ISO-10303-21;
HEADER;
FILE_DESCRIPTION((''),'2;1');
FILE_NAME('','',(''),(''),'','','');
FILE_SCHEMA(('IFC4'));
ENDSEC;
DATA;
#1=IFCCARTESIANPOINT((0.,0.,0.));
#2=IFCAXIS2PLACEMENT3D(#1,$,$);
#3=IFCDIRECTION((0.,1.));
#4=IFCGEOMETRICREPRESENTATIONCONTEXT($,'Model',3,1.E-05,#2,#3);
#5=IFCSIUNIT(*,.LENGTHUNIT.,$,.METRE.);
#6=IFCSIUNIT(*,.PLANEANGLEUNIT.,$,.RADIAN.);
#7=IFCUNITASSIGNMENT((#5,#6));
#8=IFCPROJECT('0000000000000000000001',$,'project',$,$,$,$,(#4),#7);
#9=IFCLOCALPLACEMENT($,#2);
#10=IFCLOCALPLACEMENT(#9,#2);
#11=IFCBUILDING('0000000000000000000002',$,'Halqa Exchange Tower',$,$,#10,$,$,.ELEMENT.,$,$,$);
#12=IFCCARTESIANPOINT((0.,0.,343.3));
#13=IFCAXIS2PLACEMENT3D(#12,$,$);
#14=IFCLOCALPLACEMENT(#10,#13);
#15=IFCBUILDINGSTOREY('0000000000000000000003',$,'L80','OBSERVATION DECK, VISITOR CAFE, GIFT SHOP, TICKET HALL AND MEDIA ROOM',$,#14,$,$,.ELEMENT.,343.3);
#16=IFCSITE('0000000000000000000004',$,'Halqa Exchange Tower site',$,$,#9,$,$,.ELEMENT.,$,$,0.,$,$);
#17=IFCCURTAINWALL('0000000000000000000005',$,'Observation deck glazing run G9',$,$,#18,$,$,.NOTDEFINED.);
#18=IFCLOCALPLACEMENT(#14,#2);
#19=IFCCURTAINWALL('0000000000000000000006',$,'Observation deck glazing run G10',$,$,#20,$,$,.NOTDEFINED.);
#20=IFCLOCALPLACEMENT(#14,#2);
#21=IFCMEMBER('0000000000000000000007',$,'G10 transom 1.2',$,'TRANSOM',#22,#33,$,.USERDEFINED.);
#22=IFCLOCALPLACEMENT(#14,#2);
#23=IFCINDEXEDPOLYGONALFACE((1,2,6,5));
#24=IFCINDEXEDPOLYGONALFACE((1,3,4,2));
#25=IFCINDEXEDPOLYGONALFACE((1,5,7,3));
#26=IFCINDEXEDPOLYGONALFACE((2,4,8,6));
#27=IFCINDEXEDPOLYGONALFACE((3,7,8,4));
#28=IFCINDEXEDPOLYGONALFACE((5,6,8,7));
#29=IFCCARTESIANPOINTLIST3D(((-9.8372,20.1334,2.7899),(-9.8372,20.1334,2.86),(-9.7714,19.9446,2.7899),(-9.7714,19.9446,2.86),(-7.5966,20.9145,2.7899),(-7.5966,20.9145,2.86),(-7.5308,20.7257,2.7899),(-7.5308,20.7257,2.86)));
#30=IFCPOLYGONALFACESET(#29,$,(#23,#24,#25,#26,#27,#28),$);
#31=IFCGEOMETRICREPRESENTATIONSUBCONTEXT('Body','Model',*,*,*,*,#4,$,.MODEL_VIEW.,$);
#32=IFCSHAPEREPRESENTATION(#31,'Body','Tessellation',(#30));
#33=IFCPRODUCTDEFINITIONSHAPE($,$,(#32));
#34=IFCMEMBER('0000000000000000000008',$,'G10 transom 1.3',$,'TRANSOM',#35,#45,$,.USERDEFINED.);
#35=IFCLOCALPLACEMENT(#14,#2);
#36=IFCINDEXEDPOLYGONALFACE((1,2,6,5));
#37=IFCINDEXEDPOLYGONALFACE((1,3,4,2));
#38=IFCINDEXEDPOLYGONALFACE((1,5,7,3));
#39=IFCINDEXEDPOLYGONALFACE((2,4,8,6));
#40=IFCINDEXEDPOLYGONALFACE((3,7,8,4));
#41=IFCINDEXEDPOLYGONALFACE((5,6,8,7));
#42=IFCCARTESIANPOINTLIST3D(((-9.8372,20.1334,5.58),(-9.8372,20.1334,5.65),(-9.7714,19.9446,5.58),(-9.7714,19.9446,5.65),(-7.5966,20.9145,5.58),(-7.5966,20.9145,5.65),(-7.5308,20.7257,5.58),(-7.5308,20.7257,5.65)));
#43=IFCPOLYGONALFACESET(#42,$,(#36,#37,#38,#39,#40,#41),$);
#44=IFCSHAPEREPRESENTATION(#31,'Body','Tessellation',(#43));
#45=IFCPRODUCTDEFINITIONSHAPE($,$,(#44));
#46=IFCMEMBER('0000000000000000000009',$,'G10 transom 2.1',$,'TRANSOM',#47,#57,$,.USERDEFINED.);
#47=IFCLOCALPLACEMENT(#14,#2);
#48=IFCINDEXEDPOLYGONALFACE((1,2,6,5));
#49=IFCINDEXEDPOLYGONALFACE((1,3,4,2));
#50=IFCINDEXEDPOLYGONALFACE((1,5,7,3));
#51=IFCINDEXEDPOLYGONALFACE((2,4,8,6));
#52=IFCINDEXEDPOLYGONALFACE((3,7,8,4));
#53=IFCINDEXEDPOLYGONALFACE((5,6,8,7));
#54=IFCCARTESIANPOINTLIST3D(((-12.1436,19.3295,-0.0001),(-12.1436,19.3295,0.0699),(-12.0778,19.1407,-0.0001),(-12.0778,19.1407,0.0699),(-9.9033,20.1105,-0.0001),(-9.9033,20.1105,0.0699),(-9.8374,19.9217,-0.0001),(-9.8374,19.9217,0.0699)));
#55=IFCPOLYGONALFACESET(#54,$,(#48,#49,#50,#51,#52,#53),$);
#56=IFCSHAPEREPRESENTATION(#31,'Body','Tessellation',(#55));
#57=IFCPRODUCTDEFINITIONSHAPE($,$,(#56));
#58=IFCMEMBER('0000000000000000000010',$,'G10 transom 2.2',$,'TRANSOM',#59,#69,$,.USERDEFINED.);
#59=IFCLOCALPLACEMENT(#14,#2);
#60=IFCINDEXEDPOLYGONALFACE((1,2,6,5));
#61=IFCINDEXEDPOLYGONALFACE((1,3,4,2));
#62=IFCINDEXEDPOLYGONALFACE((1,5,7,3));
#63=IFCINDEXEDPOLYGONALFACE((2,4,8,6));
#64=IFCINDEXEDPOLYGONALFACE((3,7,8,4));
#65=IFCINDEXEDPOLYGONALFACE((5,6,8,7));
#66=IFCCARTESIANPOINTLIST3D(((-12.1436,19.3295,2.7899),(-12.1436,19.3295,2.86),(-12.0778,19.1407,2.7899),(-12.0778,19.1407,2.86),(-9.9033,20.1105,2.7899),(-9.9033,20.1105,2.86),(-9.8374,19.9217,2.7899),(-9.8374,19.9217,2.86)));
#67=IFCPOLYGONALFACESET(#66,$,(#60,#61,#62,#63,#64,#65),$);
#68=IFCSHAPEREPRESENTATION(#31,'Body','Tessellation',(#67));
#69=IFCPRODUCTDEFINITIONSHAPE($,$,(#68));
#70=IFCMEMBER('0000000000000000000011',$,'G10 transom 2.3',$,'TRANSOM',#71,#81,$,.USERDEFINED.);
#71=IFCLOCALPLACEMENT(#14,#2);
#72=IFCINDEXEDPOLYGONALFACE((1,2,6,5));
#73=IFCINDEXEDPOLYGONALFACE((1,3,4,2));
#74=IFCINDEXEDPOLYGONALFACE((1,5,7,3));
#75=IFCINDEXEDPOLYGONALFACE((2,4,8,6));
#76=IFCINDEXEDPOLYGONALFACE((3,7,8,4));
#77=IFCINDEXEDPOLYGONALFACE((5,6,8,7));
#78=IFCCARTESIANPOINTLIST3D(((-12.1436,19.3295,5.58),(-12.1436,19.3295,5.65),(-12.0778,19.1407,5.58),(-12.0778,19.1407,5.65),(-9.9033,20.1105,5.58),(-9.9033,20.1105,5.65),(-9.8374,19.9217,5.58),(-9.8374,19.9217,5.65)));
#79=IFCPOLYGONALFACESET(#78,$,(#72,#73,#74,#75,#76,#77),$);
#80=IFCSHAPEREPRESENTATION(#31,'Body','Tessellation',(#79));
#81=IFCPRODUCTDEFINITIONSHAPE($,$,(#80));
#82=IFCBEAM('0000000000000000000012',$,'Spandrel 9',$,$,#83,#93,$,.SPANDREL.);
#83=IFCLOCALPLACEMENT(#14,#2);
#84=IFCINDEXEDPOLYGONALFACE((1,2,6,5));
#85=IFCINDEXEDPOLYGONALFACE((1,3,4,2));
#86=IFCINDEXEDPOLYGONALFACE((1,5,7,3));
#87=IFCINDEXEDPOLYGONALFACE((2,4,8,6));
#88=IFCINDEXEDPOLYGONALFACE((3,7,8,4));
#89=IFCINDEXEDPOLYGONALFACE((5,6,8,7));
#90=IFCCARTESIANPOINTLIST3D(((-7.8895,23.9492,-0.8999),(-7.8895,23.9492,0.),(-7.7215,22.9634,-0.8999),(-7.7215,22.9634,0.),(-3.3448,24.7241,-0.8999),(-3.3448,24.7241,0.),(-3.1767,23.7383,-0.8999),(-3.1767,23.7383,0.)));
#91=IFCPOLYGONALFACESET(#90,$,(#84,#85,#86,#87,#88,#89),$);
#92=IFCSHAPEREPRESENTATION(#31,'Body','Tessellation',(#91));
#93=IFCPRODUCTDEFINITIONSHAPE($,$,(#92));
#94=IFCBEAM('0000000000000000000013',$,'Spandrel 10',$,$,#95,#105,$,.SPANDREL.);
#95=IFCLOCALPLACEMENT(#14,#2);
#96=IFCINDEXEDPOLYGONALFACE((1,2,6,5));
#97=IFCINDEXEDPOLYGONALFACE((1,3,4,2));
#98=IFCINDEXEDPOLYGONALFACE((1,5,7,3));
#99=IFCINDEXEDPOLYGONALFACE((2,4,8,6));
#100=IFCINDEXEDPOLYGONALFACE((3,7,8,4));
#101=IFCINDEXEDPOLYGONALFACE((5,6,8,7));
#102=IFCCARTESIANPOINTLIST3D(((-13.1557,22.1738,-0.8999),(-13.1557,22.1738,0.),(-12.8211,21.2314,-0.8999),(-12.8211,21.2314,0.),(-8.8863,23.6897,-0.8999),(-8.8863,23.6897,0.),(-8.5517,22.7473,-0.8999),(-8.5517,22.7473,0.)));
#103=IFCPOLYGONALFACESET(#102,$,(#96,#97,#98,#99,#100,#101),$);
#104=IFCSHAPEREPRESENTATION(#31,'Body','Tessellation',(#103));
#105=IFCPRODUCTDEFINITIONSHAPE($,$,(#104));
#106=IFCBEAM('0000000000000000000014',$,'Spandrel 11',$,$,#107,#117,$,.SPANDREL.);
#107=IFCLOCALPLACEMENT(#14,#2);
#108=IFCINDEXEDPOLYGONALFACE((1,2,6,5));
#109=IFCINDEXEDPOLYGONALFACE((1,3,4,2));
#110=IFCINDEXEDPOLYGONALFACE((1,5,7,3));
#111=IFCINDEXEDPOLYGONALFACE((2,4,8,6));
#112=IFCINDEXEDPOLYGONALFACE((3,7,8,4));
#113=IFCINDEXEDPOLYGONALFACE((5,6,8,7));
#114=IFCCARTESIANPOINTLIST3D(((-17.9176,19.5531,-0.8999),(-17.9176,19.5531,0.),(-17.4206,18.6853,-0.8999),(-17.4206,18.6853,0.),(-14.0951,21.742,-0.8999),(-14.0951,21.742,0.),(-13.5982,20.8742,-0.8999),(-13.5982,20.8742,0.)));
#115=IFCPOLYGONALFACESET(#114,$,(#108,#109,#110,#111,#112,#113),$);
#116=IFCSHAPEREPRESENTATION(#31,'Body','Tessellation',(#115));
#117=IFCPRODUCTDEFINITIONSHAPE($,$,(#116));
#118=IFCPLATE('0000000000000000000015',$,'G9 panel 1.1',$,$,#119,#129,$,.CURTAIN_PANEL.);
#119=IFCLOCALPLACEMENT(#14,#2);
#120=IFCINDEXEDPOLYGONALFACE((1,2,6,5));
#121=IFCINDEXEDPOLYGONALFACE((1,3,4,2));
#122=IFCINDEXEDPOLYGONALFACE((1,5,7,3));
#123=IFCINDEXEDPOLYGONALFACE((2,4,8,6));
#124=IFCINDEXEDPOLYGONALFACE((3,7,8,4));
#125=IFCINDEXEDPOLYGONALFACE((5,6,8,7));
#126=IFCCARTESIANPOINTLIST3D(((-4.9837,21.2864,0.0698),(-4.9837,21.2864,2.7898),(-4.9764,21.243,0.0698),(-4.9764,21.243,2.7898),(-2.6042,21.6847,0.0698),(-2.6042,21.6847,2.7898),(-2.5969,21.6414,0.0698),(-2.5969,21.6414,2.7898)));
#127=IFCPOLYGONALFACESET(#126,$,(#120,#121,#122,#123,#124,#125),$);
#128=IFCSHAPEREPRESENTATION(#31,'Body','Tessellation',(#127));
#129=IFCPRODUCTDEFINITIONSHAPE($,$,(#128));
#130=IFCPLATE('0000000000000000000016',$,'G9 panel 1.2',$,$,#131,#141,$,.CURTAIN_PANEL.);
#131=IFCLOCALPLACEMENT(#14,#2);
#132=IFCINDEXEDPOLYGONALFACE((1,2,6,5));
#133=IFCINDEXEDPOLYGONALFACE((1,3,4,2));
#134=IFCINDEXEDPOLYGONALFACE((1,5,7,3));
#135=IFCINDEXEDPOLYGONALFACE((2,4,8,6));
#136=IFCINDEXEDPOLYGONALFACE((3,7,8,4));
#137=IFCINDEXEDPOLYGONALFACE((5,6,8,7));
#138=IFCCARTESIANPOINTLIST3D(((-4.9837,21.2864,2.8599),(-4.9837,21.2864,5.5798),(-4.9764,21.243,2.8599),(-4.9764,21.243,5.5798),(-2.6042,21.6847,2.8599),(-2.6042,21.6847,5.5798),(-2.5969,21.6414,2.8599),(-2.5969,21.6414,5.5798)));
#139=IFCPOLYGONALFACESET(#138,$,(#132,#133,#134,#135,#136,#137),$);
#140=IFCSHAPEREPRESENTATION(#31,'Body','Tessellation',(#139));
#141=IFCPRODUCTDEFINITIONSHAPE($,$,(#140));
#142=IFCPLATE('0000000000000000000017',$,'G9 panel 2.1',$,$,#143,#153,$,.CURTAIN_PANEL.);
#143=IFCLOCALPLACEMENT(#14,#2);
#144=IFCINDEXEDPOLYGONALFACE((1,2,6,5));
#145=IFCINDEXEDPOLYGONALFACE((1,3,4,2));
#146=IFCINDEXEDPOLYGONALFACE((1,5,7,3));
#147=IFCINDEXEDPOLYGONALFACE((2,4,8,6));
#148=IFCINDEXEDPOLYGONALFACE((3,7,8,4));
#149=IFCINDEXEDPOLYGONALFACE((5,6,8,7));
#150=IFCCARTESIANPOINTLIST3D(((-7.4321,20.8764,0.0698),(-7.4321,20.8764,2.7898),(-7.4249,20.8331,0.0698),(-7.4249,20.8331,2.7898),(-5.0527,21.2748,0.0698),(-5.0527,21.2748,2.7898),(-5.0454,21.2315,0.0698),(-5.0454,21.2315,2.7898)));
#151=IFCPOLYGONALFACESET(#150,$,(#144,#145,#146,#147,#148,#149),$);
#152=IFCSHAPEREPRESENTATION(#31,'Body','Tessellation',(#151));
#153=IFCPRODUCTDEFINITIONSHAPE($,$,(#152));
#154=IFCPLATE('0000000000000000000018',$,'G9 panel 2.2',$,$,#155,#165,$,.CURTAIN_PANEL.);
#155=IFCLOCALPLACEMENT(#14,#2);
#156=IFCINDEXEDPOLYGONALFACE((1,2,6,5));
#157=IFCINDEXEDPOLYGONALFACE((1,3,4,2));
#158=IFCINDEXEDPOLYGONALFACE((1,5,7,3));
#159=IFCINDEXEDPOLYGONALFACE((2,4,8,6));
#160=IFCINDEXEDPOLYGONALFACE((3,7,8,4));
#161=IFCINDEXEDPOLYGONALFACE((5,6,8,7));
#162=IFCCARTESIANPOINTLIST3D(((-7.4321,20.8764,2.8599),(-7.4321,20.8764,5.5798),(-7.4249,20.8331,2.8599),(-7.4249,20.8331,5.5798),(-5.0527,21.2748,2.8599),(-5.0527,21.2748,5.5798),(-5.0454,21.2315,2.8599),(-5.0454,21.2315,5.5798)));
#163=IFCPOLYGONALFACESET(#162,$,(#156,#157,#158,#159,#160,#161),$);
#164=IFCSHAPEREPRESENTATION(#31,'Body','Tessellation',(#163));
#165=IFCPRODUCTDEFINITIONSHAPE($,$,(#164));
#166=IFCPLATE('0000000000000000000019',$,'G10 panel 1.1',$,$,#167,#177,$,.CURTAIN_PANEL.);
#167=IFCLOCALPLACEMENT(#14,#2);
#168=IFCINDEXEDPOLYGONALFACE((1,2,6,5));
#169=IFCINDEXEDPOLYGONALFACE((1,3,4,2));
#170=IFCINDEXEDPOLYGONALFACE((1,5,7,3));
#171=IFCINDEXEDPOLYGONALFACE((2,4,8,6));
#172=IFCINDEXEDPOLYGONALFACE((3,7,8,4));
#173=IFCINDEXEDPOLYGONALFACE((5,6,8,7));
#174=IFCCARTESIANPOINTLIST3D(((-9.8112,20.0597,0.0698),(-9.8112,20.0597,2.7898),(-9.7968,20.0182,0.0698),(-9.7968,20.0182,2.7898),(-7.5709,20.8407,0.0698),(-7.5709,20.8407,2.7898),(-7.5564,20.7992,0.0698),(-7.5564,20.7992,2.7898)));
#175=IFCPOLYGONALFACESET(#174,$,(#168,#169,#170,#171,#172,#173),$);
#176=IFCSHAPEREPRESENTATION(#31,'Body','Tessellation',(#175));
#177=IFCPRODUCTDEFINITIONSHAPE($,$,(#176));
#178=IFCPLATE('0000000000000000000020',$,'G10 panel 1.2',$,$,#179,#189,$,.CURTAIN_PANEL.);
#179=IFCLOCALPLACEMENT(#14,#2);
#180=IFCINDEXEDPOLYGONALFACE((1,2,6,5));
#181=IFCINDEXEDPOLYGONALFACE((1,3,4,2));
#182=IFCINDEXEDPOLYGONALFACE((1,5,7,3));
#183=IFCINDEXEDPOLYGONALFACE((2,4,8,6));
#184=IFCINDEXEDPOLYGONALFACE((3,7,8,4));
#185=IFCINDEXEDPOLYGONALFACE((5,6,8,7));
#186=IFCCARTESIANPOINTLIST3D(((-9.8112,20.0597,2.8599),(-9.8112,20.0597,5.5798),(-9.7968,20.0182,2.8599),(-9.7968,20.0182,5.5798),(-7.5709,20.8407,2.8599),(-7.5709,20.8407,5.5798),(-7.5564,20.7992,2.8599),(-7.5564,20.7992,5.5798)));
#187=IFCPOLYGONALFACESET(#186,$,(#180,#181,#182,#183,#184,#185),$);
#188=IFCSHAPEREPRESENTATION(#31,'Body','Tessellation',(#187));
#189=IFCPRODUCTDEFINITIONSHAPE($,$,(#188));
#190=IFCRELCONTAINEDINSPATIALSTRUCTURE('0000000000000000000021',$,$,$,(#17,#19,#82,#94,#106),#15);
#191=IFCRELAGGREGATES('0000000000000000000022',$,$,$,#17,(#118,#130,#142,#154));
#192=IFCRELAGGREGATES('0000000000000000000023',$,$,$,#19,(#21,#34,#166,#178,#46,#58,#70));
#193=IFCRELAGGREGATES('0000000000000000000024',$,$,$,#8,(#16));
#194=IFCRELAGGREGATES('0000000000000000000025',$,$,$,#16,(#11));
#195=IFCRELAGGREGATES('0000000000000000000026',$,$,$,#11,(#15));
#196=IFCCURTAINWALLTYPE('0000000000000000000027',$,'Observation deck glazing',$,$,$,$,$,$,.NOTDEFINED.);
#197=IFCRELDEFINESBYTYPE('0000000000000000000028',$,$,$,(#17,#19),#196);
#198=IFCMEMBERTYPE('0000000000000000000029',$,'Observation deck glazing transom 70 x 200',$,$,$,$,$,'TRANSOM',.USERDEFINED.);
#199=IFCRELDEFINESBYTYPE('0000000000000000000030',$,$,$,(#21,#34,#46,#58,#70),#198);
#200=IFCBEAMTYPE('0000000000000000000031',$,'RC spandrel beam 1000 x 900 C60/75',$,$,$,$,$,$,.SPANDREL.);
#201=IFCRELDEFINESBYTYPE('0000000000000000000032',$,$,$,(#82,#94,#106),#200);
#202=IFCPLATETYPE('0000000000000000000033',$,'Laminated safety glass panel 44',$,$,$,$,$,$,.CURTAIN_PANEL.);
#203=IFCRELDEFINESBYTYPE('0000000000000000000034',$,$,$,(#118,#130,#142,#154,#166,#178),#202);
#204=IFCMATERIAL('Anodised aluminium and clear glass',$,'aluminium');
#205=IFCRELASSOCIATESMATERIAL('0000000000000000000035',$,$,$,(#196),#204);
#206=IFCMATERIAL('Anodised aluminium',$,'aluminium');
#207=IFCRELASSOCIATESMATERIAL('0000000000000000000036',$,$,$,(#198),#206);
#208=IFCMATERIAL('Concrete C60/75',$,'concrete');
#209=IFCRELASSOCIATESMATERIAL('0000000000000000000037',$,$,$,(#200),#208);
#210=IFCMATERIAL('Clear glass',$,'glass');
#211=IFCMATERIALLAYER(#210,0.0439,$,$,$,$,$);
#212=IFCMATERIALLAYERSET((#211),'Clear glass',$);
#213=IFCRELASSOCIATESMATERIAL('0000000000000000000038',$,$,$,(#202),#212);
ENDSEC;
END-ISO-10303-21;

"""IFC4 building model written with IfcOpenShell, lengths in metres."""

from ifc_helpers import new_model, si_unit, direction, frame, origin, origin_2d, place, context, subcontext, project, spatial, rectangle, extrude, material, layer, layer_set, material_profile, profile_set, type_object, element, aggregate, save


model = new_model("IFC4")

# Units and contexts
model_context = context("Model", 3, precision=1e-05, world=origin(), true_north=direction((0.0, 1.0)))
body_context = subcontext(model_context, "Body", "Model", "MODEL_VIEW")
ifc_project = project(units=[si_unit("LENGTHUNIT", "METRE"), si_unit("PLANEANGLEUNIT", "RADIAN")], contexts=[model_context])

# Site, building, storey
site_placement = place(None, origin())
site = spatial("IfcSite", under=ifc_project, at=site_placement, Name="Halqa Exchange Tower site", CompositionType="ELEMENT", RefElevation=0.0)
building_placement = place(site_placement, origin())
building = spatial("IfcBuilding", under=site, at=building_placement, Name="Halqa Exchange Tower", CompositionType="ELEMENT")
storey_placement = place(building_placement, frame((0.0, 0.0, 343.3)))
storey = spatial("IfcBuildingStorey", under=building, at=storey_placement, Name="L80", Description="OBSERVATION DECK, VISITOR CAFE, GIFT SHOP, TICKET HALL AND MEDIA ROOM", CompositionType="ELEMENT", Elevation=343.3)

# Curtain walls
ifc_material_1 = material(Name="Anodised aluminium and clear glass", Category="aluminium")
curtain_wall_type = type_object("IfcCurtainWallType", Name="Observation deck glazing", PredefinedType="NOTDEFINED", material=ifc_material_1)
curtain_wall_1_placement = place(storey_placement, origin())
curtain_wall_1 = element("IfcCurtainWall", 1, at=curtain_wall_1_placement, inside=storey, type_object=curtain_wall_type, Name="Observation deck glazing run G9", PredefinedType="NOTDEFINED")
ifc_material_2 = material(Name="Anodised aluminium", Category="aluminium")
curtain_wall_2_placement = place(storey_placement, origin())
curtain_wall_2 = element("IfcCurtainWall", 2, at=curtain_wall_2_placement, inside=storey, type_object=curtain_wall_type, Name="Observation deck glazing run G10", PredefinedType="NOTDEFINED")

# Members
ifc_material_profile_1 = material_profile(ifc_material_2, rectangle(XDim=0.2, YDim=0.0701, at=origin_2d()), Name="AL 70x200")
ifc_profile_set_1 = profile_set([ifc_material_profile_1], Name="Anodised aluminium")
member_type_1 = type_object("IfcMemberType", Name="Observation deck glazing transom 70 x 200", ElementType="TRANSOM", PredefinedType="USERDEFINED", material=ifc_profile_set_1)
member_1_placement = place(storey_placement, frame((-7.5637, 20.8201, 2.825), z_axis=(-0.944273, -0.329163, 0.0), x_axis=(0.329163, -0.944273, 0.0)))
member_1 = element("IfcMember", 3, at=member_1_placement, type_object=member_type_1, Name="G10 transom 1.2", ObjectType="TRANSOM", PredefinedType="USERDEFINED", context=body_context, shape_type="SweptSolid", body=[
    extrude(rectangle(XDim=0.2, YDim=0.0701, at=origin_2d()), origin(), (0.0, 0.0, 1.0), 2.3728),
])
member_2_placement = place(storey_placement, frame((-7.5637, 20.8201, 5.615), z_axis=(-0.944273, -0.329163, 0.0), x_axis=(0.329163, -0.944273, 0.0)))
member_2 = element("IfcMember", 4, at=member_2_placement, type_object=member_type_1, Name="G10 transom 1.3", ObjectType="TRANSOM", PredefinedType="USERDEFINED", context=body_context, shape_type="SweptSolid", body=[
    extrude(rectangle(XDim=0.2, YDim=0.0701, at=origin_2d()), origin(), (0.0, 0.0, 1.0), 2.3728),
])
member_3_placement = place(storey_placement, frame((-9.8704, 20.0161, 0.0349), z_axis=(-0.944262, -0.329195, 0.0), x_axis=(0.329195, -0.944262, 0.0)))
member_3 = element("IfcMember", 5, at=member_3_placement, type_object=member_type_1, Name="G10 transom 2.1", ObjectType="TRANSOM", PredefinedType="USERDEFINED", context=body_context, shape_type="SweptSolid", body=[
    extrude(rectangle(XDim=0.2, YDim=0.0701, at=origin_2d()), origin(), (0.0, 0.0, 1.0), 2.3726),
])
member_4_placement = place(storey_placement, frame((-9.8704, 20.0161, 2.825), z_axis=(-0.944262, -0.329195, 0.0), x_axis=(0.329195, -0.944262, 0.0)))
member_4 = element("IfcMember", 6, at=member_4_placement, type_object=member_type_1, Name="G10 transom 2.2", ObjectType="TRANSOM", PredefinedType="USERDEFINED", context=body_context, shape_type="SweptSolid", body=[
    extrude(rectangle(XDim=0.2, YDim=0.0701, at=origin_2d()), origin(), (0.0, 0.0, 1.0), 2.3726),
])
member_5_placement = place(storey_placement, frame((-9.8704, 20.0161, 5.615), z_axis=(-0.944262, -0.329195, 0.0), x_axis=(0.329195, -0.944262, 0.0)))
member_5 = element("IfcMember", 7, at=member_5_placement, type_object=member_type_1, Name="G10 transom 2.3", ObjectType="TRANSOM", PredefinedType="USERDEFINED", context=body_context, shape_type="SweptSolid", body=[
    extrude(rectangle(XDim=0.2, YDim=0.0701, at=origin_2d()), origin(), (0.0, 0.0, 1.0), 2.3726),
])

# Beams
ifc_material_3 = material(Name="Concrete C60/75", Category="concrete")
ifc_material_profile_2 = material_profile(ifc_material_3, rectangle(XDim=1.0, YDim=0.8999, at=origin_2d()), Name="1000 x 900")
ifc_profile_set_2 = profile_set([ifc_material_profile_2], Name="Concrete C60/75")
beam_type = type_object("IfcBeamType", Name="RC spandrel beam 1000 x 900 C60/75", PredefinedType="SPANDREL", material=ifc_profile_set_2)
beam_1_placement = place(storey_placement, frame((-3.2607, 24.2312, -0.45), z_axis=(-0.985773, -0.168082, 0.0), x_axis=(0.168082, -0.985773, 0.0)))
element("IfcBeam", 8, at=beam_1_placement, inside=storey, type_object=beam_type, Name="Spandrel 9", PredefinedType="SPANDREL", context=body_context, shape_type="SweptSolid", body=[
    extrude(rectangle(XDim=1.0, YDim=0.8999, at=origin_2d()), origin(), (0.0, 0.0, 1.0), 4.6104),
])
beam_2_placement = place(storey_placement, frame((-8.719, 23.2185, -0.45), z_axis=(-0.942361, -0.334598, 0.0), x_axis=(0.334598, -0.942361, 0.0)))
element("IfcBeam", 9, at=beam_2_placement, inside=storey, type_object=beam_type, Name="Spandrel 10", PredefinedType="SPANDREL", context=body_context, shape_type="SweptSolid", body=[
    extrude(rectangle(XDim=1.0, YDim=0.8999, at=origin_2d()), origin(), (0.0, 0.0, 1.0), 4.5305),
])
beam_3_placement = place(storey_placement, frame((-13.8467, 21.3081, -0.45), z_axis=(-0.867786, -0.496939, 0.0), x_axis=(0.496939, -0.867786, 0.0)))
element("IfcBeam", 10, at=beam_3_placement, inside=storey, type_object=beam_type, Name="Spandrel 11", PredefinedType="SPANDREL", context=body_context, shape_type="SweptSolid", body=[
    extrude(rectangle(XDim=1.0, YDim=0.8999, at=origin_2d()), origin(), (0.0, 0.0, 1.0), 4.4048),
])

# Plates
ifc_material_4 = material(Name="Clear glass", Category="glass")
ifc_layer = layer(ifc_material_4, 0.0439)
ifc_layer_set = layer_set([ifc_layer], Name="Clear glass")
plate_type = type_object("IfcPlateType", Name="Laminated safety glass panel 44", PredefinedType="CURTAIN_PANEL", material=ifc_layer_set)
plate_1_placement = place(storey_placement, frame((-3.7903, 21.4639, 0.0698), z_axis=(0.0, 0.0, 1.0), x_axis=(-0.986274, -0.165117, 0.0)))
plate_1 = element("IfcPlate", 11, at=plate_1_placement, type_object=plate_type, Name="G9 panel 1.1", PredefinedType="CURTAIN_PANEL", context=body_context, shape_type="SweptSolid", body=[
    extrude(rectangle(XDim=2.4126, YDim=0.0439, at=origin_2d()), origin(), (0.0, 0.0, 1.0), 2.72),
])
plate_2_placement = place(storey_placement, frame((-3.7903, 21.4639, 2.8599), z_axis=(0.0, 0.0, 1.0), x_axis=(-0.986274, -0.165117, 0.0)))
plate_2 = element("IfcPlate", 12, at=plate_2_placement, type_object=plate_type, Name="G9 panel 1.2", PredefinedType="CURTAIN_PANEL", context=body_context, shape_type="SweptSolid", body=[
    extrude(rectangle(XDim=2.4126, YDim=0.0439, at=origin_2d()), origin(), (0.0, 0.0, 1.0), 2.72),
])
plate_3_placement = place(storey_placement, frame((-6.2388, 21.054, 0.0698), z_axis=(0.0, 0.0, 1.0), x_axis=(-0.986274, -0.165117, 0.0)))
plate_3 = element("IfcPlate", 13, at=plate_3_placement, type_object=plate_type, Name="G9 panel 2.1", PredefinedType="CURTAIN_PANEL", context=body_context, shape_type="SweptSolid", body=[
    extrude(rectangle(XDim=2.4126, YDim=0.0439, at=origin_2d()), origin(), (0.0, 0.0, 1.0), 2.72),
])
plate_4_placement = place(storey_placement, frame((-6.2388, 21.054, 2.8599), z_axis=(0.0, 0.0, 1.0), x_axis=(-0.986274, -0.165117, 0.0)))
plate_4 = element("IfcPlate", 14, at=plate_4_placement, type_object=plate_type, Name="G9 panel 2.2", PredefinedType="CURTAIN_PANEL", context=body_context, shape_type="SweptSolid", body=[
    extrude(rectangle(XDim=2.4126, YDim=0.0439, at=origin_2d()), origin(), (0.0, 0.0, 1.0), 2.72),
])
aggregate(curtain_wall_1, [plate_1, plate_2, plate_3, plate_4])
plate_5_placement = place(storey_placement, frame((-8.6838, 20.4294, 0.0698), z_axis=(0.0, 0.0, 1.0), x_axis=(-0.944274, -0.32916, 0.0)))
plate_5 = element("IfcPlate", 15, at=plate_5_placement, type_object=plate_type, Name="G10 panel 1.1", PredefinedType="CURTAIN_PANEL", context=body_context, shape_type="SweptSolid", body=[
    extrude(rectangle(XDim=2.3726, YDim=0.0439, at=origin_2d()), origin(), (0.0, 0.0, 1.0), 2.72),
])
plate_6_placement = place(storey_placement, frame((-8.6838, 20.4294, 2.8599), z_axis=(0.0, 0.0, 1.0), x_axis=(-0.944274, -0.32916, 0.0)))
plate_6 = element("IfcPlate", 16, at=plate_6_placement, type_object=plate_type, Name="G10 panel 1.2", PredefinedType="CURTAIN_PANEL", context=body_context, shape_type="SweptSolid", body=[
    extrude(rectangle(XDim=2.3726, YDim=0.0439, at=origin_2d()), origin(), (0.0, 0.0, 1.0), 2.72),
])
aggregate(curtain_wall_2, [member_1, member_2, plate_5, plate_6, member_3, member_4, member_5])

save(model, "model.ifc")
